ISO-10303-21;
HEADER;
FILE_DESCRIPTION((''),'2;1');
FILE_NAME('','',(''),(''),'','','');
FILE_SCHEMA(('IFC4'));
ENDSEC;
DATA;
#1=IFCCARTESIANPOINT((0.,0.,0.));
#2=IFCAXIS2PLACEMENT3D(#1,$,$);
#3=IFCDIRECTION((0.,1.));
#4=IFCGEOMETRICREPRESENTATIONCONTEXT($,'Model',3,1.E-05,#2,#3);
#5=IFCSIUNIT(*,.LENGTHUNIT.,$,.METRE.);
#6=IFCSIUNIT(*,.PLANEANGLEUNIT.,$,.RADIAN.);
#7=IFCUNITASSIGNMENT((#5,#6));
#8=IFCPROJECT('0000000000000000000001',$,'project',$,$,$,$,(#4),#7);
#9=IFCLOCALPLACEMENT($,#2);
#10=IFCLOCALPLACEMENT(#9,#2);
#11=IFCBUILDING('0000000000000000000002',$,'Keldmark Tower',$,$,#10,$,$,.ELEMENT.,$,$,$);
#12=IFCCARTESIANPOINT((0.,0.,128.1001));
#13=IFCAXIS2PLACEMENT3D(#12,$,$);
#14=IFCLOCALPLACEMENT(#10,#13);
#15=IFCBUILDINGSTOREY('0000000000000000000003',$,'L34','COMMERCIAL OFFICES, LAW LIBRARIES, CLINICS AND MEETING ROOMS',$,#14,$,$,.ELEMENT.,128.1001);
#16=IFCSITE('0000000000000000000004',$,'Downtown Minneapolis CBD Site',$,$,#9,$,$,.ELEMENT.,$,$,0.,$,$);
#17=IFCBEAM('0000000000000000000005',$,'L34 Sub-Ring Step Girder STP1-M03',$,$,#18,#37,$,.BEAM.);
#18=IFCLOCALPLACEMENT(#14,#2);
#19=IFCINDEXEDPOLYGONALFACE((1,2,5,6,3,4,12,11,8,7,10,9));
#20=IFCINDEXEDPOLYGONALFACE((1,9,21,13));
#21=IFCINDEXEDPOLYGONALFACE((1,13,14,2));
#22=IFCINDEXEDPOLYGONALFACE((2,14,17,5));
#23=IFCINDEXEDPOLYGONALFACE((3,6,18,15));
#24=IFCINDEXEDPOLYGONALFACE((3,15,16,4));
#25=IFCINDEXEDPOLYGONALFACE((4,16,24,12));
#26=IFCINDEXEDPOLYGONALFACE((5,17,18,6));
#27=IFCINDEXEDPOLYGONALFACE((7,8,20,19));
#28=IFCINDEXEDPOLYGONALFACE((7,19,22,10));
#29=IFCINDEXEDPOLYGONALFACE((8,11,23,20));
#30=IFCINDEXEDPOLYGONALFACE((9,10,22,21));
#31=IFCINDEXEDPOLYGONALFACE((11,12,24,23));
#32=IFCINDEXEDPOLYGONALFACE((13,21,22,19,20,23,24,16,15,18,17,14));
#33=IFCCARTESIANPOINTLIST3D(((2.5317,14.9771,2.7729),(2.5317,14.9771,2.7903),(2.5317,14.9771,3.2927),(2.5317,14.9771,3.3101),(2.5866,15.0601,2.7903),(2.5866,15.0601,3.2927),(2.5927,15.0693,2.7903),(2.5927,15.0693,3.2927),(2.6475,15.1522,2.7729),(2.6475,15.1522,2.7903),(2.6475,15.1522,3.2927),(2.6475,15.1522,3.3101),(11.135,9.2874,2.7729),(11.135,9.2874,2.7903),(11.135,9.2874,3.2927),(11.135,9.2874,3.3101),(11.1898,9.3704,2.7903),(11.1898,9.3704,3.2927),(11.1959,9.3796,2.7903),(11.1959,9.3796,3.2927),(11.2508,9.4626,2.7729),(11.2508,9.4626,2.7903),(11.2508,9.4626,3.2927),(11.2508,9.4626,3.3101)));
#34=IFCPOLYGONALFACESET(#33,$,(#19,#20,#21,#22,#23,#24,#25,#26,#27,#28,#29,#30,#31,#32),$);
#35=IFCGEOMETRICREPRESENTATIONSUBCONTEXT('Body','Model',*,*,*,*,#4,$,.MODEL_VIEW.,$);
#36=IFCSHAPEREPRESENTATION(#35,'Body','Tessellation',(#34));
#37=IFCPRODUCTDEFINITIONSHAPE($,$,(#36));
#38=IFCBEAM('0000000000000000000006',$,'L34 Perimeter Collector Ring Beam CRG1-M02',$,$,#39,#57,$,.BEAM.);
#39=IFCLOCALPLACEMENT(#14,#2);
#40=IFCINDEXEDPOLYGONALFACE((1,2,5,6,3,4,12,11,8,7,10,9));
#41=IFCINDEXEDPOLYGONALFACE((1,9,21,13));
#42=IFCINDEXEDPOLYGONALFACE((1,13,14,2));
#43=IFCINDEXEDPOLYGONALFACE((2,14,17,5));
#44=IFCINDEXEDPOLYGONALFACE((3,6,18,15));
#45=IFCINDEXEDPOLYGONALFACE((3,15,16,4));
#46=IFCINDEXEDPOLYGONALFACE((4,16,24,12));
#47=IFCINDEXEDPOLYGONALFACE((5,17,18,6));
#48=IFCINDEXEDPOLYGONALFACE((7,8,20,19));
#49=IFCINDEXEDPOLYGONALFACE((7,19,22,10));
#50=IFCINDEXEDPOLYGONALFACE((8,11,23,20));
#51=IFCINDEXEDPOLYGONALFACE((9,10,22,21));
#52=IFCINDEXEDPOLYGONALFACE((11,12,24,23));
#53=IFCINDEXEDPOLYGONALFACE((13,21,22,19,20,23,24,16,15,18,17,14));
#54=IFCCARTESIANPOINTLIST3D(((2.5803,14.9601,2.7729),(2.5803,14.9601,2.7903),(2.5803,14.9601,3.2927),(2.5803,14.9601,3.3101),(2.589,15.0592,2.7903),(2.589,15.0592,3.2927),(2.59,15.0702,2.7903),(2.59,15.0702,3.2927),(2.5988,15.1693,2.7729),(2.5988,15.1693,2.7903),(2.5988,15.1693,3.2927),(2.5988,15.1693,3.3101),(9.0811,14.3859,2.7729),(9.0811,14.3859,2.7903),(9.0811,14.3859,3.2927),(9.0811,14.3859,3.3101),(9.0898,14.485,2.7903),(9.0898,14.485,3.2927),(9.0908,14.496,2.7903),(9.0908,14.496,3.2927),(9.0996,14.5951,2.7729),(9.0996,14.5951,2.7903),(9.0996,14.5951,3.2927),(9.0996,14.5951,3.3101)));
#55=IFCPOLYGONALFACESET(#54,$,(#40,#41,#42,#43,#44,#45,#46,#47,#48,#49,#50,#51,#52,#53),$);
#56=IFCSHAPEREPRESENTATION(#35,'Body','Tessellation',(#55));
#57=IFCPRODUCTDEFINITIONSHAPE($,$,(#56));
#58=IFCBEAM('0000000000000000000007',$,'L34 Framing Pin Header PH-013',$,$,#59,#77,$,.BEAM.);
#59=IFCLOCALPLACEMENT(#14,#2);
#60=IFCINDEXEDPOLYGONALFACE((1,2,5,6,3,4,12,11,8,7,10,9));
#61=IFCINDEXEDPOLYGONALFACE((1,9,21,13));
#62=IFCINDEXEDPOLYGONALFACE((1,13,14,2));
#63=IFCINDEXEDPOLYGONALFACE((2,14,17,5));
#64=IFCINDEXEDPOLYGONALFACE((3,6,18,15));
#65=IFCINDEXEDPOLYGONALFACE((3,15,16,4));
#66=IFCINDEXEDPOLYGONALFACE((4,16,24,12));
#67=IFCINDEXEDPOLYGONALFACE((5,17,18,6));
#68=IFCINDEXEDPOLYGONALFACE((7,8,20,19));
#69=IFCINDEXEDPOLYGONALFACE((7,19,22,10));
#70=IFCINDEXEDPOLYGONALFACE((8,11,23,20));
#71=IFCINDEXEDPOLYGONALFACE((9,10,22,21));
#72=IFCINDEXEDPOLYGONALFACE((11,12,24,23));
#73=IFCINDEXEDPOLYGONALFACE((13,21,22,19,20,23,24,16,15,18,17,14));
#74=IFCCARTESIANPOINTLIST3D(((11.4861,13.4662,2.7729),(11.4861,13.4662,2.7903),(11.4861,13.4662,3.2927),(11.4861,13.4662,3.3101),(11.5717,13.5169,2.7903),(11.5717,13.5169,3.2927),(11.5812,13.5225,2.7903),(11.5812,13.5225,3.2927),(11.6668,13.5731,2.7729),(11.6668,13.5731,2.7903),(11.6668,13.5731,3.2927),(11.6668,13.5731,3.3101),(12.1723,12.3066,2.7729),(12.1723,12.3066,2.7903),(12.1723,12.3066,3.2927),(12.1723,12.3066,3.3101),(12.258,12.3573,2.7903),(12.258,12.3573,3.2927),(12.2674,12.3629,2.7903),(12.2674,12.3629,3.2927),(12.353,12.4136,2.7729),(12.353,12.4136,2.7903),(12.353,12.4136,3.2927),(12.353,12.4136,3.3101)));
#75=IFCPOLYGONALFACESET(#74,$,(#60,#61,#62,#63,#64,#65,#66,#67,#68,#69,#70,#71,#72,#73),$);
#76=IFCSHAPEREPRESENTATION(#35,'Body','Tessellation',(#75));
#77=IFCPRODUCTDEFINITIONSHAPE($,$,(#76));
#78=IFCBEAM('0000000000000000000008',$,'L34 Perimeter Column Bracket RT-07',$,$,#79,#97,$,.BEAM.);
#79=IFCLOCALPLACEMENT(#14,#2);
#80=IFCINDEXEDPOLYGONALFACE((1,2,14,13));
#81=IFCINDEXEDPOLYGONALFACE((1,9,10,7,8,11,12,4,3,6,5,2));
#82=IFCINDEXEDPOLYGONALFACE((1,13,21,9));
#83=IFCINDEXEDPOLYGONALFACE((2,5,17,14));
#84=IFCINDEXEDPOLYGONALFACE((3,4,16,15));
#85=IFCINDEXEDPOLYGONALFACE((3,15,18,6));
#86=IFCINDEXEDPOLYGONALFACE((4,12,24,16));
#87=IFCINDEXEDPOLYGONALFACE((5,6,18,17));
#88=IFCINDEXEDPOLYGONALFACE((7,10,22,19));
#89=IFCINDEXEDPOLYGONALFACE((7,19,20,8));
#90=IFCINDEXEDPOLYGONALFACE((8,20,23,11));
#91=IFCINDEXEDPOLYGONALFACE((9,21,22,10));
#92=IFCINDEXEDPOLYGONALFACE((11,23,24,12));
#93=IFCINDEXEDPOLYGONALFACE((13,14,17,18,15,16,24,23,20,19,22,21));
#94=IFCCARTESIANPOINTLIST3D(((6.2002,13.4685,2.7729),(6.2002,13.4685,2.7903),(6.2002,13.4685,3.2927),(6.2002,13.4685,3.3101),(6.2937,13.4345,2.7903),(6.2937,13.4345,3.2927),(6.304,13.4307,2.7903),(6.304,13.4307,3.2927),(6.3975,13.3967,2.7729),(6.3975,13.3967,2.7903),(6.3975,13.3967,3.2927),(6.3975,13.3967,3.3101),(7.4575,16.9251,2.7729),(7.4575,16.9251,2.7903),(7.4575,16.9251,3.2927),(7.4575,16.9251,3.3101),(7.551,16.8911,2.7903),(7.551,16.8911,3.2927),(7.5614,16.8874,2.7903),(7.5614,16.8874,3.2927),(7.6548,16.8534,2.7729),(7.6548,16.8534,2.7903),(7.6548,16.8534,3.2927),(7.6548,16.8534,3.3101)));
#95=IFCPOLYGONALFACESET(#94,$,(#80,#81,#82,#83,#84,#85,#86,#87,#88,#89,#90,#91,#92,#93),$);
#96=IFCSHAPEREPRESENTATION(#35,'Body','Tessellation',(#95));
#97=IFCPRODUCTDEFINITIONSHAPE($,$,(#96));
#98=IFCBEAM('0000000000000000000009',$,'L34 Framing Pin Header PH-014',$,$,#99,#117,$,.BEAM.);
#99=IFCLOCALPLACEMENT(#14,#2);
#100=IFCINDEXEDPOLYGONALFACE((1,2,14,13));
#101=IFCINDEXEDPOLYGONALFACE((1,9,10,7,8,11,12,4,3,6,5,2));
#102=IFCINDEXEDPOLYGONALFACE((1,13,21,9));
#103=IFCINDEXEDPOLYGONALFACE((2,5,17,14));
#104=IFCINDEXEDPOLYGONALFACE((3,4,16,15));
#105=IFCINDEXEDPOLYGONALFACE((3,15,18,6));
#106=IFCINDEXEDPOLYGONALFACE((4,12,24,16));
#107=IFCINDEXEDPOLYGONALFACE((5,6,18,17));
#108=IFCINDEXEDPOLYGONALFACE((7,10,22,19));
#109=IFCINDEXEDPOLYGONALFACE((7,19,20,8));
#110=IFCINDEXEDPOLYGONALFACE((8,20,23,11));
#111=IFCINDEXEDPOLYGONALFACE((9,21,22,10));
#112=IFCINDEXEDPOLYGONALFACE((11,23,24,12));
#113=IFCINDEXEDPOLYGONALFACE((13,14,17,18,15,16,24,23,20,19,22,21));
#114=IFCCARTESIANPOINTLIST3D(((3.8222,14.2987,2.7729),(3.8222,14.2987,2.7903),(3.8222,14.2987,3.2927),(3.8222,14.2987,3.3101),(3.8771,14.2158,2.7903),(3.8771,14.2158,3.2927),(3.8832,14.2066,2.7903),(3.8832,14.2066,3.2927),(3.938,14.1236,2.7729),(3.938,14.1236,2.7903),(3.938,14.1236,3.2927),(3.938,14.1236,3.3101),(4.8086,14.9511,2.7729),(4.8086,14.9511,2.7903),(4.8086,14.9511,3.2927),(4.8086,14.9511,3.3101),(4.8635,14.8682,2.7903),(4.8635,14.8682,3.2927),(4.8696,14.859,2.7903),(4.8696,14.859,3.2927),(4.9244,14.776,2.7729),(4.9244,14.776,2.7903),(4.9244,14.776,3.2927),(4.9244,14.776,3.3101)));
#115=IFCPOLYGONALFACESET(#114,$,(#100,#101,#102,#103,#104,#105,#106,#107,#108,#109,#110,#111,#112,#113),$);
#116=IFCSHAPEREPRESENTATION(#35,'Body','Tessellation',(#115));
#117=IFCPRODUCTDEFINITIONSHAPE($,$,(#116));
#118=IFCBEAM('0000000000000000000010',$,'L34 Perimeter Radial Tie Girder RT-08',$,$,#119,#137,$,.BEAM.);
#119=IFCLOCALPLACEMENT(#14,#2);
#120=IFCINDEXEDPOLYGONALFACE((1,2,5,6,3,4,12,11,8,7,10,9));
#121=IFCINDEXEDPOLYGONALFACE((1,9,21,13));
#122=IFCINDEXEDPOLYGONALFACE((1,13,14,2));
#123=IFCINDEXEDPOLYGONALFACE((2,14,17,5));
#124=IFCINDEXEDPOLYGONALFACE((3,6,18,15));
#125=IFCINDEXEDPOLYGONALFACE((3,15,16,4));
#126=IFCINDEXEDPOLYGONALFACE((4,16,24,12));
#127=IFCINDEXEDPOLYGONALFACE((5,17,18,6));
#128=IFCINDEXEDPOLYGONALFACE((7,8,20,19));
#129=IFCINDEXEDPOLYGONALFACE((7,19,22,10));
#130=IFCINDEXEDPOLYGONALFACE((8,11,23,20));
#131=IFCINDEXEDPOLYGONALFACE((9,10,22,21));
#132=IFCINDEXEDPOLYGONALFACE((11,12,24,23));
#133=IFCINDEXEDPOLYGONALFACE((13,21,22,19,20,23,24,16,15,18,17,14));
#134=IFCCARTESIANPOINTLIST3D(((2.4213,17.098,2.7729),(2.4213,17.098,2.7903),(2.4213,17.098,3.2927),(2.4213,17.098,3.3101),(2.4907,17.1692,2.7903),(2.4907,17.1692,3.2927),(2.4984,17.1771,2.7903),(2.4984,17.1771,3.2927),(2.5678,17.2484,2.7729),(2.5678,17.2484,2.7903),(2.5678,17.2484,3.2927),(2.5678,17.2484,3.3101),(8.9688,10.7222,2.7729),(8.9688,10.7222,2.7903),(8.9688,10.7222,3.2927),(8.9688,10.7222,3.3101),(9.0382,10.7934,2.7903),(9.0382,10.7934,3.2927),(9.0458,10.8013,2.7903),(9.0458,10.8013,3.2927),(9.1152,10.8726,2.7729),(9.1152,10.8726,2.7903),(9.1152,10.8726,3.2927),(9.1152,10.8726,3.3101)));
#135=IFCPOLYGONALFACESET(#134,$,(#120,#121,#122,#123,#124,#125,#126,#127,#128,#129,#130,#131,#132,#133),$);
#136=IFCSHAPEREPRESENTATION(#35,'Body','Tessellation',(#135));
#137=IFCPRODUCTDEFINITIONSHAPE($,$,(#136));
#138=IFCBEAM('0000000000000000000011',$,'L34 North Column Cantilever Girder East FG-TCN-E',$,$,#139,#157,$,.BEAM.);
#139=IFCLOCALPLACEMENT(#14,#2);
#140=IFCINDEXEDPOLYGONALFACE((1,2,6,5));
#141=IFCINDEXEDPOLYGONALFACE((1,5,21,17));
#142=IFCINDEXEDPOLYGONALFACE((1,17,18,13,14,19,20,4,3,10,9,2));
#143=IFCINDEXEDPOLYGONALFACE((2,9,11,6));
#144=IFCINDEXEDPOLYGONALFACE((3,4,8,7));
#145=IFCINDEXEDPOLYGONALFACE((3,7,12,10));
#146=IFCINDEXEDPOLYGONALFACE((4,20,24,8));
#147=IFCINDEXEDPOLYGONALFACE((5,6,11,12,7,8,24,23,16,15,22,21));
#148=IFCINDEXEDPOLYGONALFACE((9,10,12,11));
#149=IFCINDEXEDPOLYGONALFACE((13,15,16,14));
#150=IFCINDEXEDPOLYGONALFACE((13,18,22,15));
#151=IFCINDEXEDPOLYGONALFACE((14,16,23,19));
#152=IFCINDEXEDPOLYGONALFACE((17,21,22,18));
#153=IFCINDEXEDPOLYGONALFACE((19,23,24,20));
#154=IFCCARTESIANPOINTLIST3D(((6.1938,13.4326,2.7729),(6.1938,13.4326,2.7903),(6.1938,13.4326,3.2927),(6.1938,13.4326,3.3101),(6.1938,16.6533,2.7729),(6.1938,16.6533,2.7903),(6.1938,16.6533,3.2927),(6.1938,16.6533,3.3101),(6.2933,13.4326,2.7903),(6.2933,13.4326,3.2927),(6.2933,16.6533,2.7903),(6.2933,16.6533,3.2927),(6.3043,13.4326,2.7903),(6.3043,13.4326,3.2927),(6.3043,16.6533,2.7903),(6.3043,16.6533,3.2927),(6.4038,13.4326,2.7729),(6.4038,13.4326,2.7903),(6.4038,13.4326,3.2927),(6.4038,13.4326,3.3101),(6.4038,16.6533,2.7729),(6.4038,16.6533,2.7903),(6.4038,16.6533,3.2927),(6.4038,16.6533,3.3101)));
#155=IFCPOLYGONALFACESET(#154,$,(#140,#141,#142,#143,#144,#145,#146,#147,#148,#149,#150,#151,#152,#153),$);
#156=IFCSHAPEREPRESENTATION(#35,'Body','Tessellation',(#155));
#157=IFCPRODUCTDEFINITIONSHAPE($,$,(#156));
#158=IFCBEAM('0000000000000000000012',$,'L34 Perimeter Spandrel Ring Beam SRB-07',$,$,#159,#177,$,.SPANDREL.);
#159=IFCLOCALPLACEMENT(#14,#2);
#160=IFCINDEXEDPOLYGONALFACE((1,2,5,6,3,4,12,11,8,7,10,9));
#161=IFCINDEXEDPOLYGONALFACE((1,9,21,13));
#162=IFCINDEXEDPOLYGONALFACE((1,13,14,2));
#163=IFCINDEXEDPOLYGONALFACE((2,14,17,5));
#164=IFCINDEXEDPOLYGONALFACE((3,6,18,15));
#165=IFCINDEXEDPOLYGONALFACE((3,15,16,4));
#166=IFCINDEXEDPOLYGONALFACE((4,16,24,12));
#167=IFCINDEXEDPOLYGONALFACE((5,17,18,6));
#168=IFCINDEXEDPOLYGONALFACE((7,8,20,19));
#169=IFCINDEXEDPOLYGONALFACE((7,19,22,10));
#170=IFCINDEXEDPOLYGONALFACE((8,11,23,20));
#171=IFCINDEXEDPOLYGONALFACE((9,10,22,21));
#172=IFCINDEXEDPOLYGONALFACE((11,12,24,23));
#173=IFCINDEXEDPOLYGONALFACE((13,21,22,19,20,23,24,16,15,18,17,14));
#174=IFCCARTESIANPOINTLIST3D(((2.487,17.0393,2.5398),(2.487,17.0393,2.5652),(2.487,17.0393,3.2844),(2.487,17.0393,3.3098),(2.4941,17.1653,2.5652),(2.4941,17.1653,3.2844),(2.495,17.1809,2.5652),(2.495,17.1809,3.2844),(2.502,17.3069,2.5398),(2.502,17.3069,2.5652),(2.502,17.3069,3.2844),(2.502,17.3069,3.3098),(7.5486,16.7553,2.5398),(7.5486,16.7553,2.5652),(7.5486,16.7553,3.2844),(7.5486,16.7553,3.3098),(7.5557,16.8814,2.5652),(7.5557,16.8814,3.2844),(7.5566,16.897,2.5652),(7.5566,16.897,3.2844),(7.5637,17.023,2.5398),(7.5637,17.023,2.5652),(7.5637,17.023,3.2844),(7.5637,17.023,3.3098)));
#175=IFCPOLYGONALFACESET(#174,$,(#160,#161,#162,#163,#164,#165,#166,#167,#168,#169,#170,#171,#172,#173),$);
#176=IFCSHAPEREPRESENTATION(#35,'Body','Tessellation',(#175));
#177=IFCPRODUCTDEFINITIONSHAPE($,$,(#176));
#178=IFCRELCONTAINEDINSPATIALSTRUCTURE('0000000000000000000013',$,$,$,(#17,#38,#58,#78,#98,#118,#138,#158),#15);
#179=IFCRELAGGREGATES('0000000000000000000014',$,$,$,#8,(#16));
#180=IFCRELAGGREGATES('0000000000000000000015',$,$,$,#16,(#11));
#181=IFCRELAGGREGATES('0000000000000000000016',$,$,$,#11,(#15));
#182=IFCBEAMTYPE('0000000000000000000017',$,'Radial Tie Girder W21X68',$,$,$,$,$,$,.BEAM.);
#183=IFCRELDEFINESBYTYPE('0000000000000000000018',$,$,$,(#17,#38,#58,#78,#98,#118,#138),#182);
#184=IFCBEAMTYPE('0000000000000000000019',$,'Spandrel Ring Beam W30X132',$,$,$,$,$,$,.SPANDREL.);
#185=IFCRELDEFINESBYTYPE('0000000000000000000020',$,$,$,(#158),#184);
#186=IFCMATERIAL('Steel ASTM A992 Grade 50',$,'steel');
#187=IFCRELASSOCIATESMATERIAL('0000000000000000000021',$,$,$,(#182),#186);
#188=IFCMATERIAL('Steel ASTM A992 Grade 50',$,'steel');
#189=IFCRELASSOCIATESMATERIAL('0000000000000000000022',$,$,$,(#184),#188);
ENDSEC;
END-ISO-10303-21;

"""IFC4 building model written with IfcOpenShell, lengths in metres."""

from ifc_helpers import new_model, si_unit, direction, frame, origin, origin_2d, place, context, subcontext, project, spatial, i_section, extrude, material, material_profile, profile_set, type_object, element, save


model = new_model("IFC4")

# Units and contexts
model_context = context("Model", 3, precision=1e-05, world=origin(), true_north=direction((0.0, 1.0)))
body_context = subcontext(model_context, "Body", "Model", "MODEL_VIEW")
ifc_project = project(units=[si_unit("LENGTHUNIT", "METRE"), si_unit("PLANEANGLEUNIT", "RADIAN")], contexts=[model_context])

# Site, building, storey
site_placement = place(None, origin())
site = spatial("IfcSite", under=ifc_project, at=site_placement, Name="Downtown Minneapolis CBD Site", CompositionType="ELEMENT", RefElevation=0.0)
building_placement = place(site_placement, origin())
building = spatial("IfcBuilding", under=site, at=building_placement, Name="Keldmark Tower", CompositionType="ELEMENT")
storey_placement = place(building_placement, frame((0.0, 0.0, 128.1001)))
storey = spatial("IfcBuildingStorey", under=building, at=storey_placement, Name="L34", Description="COMMERCIAL OFFICES, LAW LIBRARIES, CLINICS AND MEETING ROOMS", CompositionType="ELEMENT", Elevation=128.1001)

# Beams
ifc_material_1 = material(Name="Steel ASTM A992 Grade 50", Category="steel")
ifc_material_profile_1 = material_profile(ifc_material_1, i_section(OverallWidth=0.21, OverallDepth=0.5371, WebThickness=0.011, FlangeThickness=0.0173, at=origin_2d()), Name="W21X68")
ifc_profile_set_1 = profile_set([ifc_material_profile_1], Name="Steel ASTM A992 Grade 50")
beam_type_1 = type_object("IfcBeamType", Name="Radial Tie Girder W21X68", PredefinedType="BEAM", material=ifc_profile_set_1)
beam_1_placement = place(storey_placement, frame((11.1929, 9.375, 3.0415), z_axis=(-0.834095, 0.551621, 0.0), x_axis=(-0.551621, -0.834095, 0.0)))
element("IfcBeam", 1, at=beam_1_placement, inside=storey, type_object=beam_type_1, Name="L34 Sub-Ring Step Girder STP1-M03", PredefinedType="BEAM", context=body_context, shape_type="SweptSolid", body=[
    extrude(i_section(OverallWidth=0.21, OverallDepth=0.5371, WebThickness=0.011, FlangeThickness=0.0173, at=origin_2d()), origin(), (0.0, 0.0, 1.0), 10.3145),
])
beam_2_placement = place(storey_placement, frame((9.0903, 14.4905, 3.0415), z_axis=(-0.996121, 0.087989, 0.0), x_axis=(-0.087989, -0.996121, 0.0)))
element("IfcBeam", 2, at=beam_2_placement, inside=storey, type_object=beam_type_1, Name="L34 Perimeter Collector Ring Beam CRG1-M02", PredefinedType="BEAM", context=body_context, shape_type="SweptSolid", body=[
    extrude(i_section(OverallWidth=0.21, OverallDepth=0.5371, WebThickness=0.011, FlangeThickness=0.0173, at=origin_2d()), origin(), (0.0, 0.0, 1.0), 6.5261),
])
beam_3_placement = place(storey_placement, frame((12.2627, 12.3601, 3.0415), z_axis=(-0.509291, 0.860595, 0.0), x_axis=(-0.860595, -0.509291, 0.0)))
element("IfcBeam", 3, at=beam_3_placement, inside=storey, type_object=beam_type_1, Name="L34 Framing Pin Header PH-013", PredefinedType="BEAM", context=body_context, shape_type="SweptSolid", body=[
    extrude(i_section(OverallWidth=0.21, OverallDepth=0.5371, WebThickness=0.011, FlangeThickness=0.0173, at=origin_2d()), origin(), (0.0, 0.0, 1.0), 1.3474),
])
beam_4_placement = place(storey_placement, frame((6.2988, 13.4326, 3.0415), z_axis=(0.341839, 0.939759, 0.0), x_axis=(-0.939759, 0.341839, 0.0)))
element("IfcBeam", 4, at=beam_4_placement, inside=storey, type_object=beam_type_1, Name="L34 Perimeter Column Bracket RT-07", PredefinedType="BEAM", context=body_context, shape_type="SweptSolid", body=[
    extrude(i_section(OverallWidth=0.21, OverallDepth=0.5371, WebThickness=0.011, FlangeThickness=0.0173, at=origin_2d()), origin(), (0.0, 0.0, 1.0), 3.6782),
])
beam_5_placement = place(storey_placement, frame((3.8801, 14.2112, 3.0415), z_axis=(0.834077, 0.551647, 0.0), x_axis=(-0.551647, 0.834077, 0.0)))
element("IfcBeam", 5, at=beam_5_placement, inside=storey, type_object=beam_type_1, Name="L34 Framing Pin Header PH-014", PredefinedType="BEAM", context=body_context, shape_type="SweptSolid", body=[
    extrude(i_section(OverallWidth=0.21, OverallDepth=0.5371, WebThickness=0.011, FlangeThickness=0.0173, at=origin_2d()), origin(), (0.0, 0.0, 1.0), 1.1826),
])
beam_6_placement = place(storey_placement, frame((9.042, 10.7974, 3.0415), z_axis=(-0.716435, 0.697654, 0.0), x_axis=(-0.697654, -0.716435, 0.0)))
element("IfcBeam", 6, at=beam_6_placement, inside=storey, type_object=beam_type_1, Name="L34 Perimeter Radial Tie Girder RT-08", PredefinedType="BEAM", context=body_context, shape_type="SweptSolid", body=[
    extrude(i_section(OverallWidth=0.21, OverallDepth=0.5371, WebThickness=0.011, FlangeThickness=0.0173, at=origin_2d()), origin(), (0.0, 0.0, 1.0), 9.1389),
])
beam_7_placement = place(storey_placement, frame((6.2988, 13.4326, 3.0415), z_axis=(0.0, 1.0, 0.0), x_axis=(-1.0, 0.0, 0.0)))
element("IfcBeam", 7, at=beam_7_placement, inside=storey, type_object=beam_type_1, Name="L34 North Column Cantilever Girder East FG-TCN-E", PredefinedType="BEAM", context=body_context, shape_type="SweptSolid", body=[
    extrude(i_section(OverallWidth=0.21, OverallDepth=0.5371, WebThickness=0.011, FlangeThickness=0.0173, at=origin_2d()), origin(), (0.0, 0.0, 1.0), 3.2207),
])
ifc_material_2 = material(Name="Steel ASTM A992 Grade 50", Category="steel")
ifc_material_profile_2 = material_profile(ifc_material_2, i_section(OverallWidth=0.2681, OverallDepth=0.77, WebThickness=0.0156, FlangeThickness=0.0254, at=origin_2d()), Name="W30X132")
ifc_profile_set_2 = profile_set([ifc_material_profile_2], Name="Steel ASTM A992 Grade 50")
beam_type_2 = type_object("IfcBeamType", Name="Spandrel Ring Beam W30X132", PredefinedType="SPANDREL", material=ifc_profile_set_2)
beam_8_placement = place(storey_placement, frame((7.5562, 16.8892, 2.9248), z_axis=(-0.99843, 0.056009, 0.0), x_axis=(-0.056009, -0.99843, 0.0)))
element("IfcBeam", 8, at=beam_8_placement, inside=storey, type_object=beam_type_2, Name="L34 Perimeter Spandrel Ring Beam SRB-07", PredefinedType="SPANDREL", context=body_context, shape_type="SweptSolid", body=[
    extrude(i_section(OverallWidth=0.2681, OverallDepth=0.77, WebThickness=0.0156, FlangeThickness=0.0254, at=origin_2d()), origin(), (0.0, 0.0, 1.0), 5.0696),
])

save(model, "model.ifc")
